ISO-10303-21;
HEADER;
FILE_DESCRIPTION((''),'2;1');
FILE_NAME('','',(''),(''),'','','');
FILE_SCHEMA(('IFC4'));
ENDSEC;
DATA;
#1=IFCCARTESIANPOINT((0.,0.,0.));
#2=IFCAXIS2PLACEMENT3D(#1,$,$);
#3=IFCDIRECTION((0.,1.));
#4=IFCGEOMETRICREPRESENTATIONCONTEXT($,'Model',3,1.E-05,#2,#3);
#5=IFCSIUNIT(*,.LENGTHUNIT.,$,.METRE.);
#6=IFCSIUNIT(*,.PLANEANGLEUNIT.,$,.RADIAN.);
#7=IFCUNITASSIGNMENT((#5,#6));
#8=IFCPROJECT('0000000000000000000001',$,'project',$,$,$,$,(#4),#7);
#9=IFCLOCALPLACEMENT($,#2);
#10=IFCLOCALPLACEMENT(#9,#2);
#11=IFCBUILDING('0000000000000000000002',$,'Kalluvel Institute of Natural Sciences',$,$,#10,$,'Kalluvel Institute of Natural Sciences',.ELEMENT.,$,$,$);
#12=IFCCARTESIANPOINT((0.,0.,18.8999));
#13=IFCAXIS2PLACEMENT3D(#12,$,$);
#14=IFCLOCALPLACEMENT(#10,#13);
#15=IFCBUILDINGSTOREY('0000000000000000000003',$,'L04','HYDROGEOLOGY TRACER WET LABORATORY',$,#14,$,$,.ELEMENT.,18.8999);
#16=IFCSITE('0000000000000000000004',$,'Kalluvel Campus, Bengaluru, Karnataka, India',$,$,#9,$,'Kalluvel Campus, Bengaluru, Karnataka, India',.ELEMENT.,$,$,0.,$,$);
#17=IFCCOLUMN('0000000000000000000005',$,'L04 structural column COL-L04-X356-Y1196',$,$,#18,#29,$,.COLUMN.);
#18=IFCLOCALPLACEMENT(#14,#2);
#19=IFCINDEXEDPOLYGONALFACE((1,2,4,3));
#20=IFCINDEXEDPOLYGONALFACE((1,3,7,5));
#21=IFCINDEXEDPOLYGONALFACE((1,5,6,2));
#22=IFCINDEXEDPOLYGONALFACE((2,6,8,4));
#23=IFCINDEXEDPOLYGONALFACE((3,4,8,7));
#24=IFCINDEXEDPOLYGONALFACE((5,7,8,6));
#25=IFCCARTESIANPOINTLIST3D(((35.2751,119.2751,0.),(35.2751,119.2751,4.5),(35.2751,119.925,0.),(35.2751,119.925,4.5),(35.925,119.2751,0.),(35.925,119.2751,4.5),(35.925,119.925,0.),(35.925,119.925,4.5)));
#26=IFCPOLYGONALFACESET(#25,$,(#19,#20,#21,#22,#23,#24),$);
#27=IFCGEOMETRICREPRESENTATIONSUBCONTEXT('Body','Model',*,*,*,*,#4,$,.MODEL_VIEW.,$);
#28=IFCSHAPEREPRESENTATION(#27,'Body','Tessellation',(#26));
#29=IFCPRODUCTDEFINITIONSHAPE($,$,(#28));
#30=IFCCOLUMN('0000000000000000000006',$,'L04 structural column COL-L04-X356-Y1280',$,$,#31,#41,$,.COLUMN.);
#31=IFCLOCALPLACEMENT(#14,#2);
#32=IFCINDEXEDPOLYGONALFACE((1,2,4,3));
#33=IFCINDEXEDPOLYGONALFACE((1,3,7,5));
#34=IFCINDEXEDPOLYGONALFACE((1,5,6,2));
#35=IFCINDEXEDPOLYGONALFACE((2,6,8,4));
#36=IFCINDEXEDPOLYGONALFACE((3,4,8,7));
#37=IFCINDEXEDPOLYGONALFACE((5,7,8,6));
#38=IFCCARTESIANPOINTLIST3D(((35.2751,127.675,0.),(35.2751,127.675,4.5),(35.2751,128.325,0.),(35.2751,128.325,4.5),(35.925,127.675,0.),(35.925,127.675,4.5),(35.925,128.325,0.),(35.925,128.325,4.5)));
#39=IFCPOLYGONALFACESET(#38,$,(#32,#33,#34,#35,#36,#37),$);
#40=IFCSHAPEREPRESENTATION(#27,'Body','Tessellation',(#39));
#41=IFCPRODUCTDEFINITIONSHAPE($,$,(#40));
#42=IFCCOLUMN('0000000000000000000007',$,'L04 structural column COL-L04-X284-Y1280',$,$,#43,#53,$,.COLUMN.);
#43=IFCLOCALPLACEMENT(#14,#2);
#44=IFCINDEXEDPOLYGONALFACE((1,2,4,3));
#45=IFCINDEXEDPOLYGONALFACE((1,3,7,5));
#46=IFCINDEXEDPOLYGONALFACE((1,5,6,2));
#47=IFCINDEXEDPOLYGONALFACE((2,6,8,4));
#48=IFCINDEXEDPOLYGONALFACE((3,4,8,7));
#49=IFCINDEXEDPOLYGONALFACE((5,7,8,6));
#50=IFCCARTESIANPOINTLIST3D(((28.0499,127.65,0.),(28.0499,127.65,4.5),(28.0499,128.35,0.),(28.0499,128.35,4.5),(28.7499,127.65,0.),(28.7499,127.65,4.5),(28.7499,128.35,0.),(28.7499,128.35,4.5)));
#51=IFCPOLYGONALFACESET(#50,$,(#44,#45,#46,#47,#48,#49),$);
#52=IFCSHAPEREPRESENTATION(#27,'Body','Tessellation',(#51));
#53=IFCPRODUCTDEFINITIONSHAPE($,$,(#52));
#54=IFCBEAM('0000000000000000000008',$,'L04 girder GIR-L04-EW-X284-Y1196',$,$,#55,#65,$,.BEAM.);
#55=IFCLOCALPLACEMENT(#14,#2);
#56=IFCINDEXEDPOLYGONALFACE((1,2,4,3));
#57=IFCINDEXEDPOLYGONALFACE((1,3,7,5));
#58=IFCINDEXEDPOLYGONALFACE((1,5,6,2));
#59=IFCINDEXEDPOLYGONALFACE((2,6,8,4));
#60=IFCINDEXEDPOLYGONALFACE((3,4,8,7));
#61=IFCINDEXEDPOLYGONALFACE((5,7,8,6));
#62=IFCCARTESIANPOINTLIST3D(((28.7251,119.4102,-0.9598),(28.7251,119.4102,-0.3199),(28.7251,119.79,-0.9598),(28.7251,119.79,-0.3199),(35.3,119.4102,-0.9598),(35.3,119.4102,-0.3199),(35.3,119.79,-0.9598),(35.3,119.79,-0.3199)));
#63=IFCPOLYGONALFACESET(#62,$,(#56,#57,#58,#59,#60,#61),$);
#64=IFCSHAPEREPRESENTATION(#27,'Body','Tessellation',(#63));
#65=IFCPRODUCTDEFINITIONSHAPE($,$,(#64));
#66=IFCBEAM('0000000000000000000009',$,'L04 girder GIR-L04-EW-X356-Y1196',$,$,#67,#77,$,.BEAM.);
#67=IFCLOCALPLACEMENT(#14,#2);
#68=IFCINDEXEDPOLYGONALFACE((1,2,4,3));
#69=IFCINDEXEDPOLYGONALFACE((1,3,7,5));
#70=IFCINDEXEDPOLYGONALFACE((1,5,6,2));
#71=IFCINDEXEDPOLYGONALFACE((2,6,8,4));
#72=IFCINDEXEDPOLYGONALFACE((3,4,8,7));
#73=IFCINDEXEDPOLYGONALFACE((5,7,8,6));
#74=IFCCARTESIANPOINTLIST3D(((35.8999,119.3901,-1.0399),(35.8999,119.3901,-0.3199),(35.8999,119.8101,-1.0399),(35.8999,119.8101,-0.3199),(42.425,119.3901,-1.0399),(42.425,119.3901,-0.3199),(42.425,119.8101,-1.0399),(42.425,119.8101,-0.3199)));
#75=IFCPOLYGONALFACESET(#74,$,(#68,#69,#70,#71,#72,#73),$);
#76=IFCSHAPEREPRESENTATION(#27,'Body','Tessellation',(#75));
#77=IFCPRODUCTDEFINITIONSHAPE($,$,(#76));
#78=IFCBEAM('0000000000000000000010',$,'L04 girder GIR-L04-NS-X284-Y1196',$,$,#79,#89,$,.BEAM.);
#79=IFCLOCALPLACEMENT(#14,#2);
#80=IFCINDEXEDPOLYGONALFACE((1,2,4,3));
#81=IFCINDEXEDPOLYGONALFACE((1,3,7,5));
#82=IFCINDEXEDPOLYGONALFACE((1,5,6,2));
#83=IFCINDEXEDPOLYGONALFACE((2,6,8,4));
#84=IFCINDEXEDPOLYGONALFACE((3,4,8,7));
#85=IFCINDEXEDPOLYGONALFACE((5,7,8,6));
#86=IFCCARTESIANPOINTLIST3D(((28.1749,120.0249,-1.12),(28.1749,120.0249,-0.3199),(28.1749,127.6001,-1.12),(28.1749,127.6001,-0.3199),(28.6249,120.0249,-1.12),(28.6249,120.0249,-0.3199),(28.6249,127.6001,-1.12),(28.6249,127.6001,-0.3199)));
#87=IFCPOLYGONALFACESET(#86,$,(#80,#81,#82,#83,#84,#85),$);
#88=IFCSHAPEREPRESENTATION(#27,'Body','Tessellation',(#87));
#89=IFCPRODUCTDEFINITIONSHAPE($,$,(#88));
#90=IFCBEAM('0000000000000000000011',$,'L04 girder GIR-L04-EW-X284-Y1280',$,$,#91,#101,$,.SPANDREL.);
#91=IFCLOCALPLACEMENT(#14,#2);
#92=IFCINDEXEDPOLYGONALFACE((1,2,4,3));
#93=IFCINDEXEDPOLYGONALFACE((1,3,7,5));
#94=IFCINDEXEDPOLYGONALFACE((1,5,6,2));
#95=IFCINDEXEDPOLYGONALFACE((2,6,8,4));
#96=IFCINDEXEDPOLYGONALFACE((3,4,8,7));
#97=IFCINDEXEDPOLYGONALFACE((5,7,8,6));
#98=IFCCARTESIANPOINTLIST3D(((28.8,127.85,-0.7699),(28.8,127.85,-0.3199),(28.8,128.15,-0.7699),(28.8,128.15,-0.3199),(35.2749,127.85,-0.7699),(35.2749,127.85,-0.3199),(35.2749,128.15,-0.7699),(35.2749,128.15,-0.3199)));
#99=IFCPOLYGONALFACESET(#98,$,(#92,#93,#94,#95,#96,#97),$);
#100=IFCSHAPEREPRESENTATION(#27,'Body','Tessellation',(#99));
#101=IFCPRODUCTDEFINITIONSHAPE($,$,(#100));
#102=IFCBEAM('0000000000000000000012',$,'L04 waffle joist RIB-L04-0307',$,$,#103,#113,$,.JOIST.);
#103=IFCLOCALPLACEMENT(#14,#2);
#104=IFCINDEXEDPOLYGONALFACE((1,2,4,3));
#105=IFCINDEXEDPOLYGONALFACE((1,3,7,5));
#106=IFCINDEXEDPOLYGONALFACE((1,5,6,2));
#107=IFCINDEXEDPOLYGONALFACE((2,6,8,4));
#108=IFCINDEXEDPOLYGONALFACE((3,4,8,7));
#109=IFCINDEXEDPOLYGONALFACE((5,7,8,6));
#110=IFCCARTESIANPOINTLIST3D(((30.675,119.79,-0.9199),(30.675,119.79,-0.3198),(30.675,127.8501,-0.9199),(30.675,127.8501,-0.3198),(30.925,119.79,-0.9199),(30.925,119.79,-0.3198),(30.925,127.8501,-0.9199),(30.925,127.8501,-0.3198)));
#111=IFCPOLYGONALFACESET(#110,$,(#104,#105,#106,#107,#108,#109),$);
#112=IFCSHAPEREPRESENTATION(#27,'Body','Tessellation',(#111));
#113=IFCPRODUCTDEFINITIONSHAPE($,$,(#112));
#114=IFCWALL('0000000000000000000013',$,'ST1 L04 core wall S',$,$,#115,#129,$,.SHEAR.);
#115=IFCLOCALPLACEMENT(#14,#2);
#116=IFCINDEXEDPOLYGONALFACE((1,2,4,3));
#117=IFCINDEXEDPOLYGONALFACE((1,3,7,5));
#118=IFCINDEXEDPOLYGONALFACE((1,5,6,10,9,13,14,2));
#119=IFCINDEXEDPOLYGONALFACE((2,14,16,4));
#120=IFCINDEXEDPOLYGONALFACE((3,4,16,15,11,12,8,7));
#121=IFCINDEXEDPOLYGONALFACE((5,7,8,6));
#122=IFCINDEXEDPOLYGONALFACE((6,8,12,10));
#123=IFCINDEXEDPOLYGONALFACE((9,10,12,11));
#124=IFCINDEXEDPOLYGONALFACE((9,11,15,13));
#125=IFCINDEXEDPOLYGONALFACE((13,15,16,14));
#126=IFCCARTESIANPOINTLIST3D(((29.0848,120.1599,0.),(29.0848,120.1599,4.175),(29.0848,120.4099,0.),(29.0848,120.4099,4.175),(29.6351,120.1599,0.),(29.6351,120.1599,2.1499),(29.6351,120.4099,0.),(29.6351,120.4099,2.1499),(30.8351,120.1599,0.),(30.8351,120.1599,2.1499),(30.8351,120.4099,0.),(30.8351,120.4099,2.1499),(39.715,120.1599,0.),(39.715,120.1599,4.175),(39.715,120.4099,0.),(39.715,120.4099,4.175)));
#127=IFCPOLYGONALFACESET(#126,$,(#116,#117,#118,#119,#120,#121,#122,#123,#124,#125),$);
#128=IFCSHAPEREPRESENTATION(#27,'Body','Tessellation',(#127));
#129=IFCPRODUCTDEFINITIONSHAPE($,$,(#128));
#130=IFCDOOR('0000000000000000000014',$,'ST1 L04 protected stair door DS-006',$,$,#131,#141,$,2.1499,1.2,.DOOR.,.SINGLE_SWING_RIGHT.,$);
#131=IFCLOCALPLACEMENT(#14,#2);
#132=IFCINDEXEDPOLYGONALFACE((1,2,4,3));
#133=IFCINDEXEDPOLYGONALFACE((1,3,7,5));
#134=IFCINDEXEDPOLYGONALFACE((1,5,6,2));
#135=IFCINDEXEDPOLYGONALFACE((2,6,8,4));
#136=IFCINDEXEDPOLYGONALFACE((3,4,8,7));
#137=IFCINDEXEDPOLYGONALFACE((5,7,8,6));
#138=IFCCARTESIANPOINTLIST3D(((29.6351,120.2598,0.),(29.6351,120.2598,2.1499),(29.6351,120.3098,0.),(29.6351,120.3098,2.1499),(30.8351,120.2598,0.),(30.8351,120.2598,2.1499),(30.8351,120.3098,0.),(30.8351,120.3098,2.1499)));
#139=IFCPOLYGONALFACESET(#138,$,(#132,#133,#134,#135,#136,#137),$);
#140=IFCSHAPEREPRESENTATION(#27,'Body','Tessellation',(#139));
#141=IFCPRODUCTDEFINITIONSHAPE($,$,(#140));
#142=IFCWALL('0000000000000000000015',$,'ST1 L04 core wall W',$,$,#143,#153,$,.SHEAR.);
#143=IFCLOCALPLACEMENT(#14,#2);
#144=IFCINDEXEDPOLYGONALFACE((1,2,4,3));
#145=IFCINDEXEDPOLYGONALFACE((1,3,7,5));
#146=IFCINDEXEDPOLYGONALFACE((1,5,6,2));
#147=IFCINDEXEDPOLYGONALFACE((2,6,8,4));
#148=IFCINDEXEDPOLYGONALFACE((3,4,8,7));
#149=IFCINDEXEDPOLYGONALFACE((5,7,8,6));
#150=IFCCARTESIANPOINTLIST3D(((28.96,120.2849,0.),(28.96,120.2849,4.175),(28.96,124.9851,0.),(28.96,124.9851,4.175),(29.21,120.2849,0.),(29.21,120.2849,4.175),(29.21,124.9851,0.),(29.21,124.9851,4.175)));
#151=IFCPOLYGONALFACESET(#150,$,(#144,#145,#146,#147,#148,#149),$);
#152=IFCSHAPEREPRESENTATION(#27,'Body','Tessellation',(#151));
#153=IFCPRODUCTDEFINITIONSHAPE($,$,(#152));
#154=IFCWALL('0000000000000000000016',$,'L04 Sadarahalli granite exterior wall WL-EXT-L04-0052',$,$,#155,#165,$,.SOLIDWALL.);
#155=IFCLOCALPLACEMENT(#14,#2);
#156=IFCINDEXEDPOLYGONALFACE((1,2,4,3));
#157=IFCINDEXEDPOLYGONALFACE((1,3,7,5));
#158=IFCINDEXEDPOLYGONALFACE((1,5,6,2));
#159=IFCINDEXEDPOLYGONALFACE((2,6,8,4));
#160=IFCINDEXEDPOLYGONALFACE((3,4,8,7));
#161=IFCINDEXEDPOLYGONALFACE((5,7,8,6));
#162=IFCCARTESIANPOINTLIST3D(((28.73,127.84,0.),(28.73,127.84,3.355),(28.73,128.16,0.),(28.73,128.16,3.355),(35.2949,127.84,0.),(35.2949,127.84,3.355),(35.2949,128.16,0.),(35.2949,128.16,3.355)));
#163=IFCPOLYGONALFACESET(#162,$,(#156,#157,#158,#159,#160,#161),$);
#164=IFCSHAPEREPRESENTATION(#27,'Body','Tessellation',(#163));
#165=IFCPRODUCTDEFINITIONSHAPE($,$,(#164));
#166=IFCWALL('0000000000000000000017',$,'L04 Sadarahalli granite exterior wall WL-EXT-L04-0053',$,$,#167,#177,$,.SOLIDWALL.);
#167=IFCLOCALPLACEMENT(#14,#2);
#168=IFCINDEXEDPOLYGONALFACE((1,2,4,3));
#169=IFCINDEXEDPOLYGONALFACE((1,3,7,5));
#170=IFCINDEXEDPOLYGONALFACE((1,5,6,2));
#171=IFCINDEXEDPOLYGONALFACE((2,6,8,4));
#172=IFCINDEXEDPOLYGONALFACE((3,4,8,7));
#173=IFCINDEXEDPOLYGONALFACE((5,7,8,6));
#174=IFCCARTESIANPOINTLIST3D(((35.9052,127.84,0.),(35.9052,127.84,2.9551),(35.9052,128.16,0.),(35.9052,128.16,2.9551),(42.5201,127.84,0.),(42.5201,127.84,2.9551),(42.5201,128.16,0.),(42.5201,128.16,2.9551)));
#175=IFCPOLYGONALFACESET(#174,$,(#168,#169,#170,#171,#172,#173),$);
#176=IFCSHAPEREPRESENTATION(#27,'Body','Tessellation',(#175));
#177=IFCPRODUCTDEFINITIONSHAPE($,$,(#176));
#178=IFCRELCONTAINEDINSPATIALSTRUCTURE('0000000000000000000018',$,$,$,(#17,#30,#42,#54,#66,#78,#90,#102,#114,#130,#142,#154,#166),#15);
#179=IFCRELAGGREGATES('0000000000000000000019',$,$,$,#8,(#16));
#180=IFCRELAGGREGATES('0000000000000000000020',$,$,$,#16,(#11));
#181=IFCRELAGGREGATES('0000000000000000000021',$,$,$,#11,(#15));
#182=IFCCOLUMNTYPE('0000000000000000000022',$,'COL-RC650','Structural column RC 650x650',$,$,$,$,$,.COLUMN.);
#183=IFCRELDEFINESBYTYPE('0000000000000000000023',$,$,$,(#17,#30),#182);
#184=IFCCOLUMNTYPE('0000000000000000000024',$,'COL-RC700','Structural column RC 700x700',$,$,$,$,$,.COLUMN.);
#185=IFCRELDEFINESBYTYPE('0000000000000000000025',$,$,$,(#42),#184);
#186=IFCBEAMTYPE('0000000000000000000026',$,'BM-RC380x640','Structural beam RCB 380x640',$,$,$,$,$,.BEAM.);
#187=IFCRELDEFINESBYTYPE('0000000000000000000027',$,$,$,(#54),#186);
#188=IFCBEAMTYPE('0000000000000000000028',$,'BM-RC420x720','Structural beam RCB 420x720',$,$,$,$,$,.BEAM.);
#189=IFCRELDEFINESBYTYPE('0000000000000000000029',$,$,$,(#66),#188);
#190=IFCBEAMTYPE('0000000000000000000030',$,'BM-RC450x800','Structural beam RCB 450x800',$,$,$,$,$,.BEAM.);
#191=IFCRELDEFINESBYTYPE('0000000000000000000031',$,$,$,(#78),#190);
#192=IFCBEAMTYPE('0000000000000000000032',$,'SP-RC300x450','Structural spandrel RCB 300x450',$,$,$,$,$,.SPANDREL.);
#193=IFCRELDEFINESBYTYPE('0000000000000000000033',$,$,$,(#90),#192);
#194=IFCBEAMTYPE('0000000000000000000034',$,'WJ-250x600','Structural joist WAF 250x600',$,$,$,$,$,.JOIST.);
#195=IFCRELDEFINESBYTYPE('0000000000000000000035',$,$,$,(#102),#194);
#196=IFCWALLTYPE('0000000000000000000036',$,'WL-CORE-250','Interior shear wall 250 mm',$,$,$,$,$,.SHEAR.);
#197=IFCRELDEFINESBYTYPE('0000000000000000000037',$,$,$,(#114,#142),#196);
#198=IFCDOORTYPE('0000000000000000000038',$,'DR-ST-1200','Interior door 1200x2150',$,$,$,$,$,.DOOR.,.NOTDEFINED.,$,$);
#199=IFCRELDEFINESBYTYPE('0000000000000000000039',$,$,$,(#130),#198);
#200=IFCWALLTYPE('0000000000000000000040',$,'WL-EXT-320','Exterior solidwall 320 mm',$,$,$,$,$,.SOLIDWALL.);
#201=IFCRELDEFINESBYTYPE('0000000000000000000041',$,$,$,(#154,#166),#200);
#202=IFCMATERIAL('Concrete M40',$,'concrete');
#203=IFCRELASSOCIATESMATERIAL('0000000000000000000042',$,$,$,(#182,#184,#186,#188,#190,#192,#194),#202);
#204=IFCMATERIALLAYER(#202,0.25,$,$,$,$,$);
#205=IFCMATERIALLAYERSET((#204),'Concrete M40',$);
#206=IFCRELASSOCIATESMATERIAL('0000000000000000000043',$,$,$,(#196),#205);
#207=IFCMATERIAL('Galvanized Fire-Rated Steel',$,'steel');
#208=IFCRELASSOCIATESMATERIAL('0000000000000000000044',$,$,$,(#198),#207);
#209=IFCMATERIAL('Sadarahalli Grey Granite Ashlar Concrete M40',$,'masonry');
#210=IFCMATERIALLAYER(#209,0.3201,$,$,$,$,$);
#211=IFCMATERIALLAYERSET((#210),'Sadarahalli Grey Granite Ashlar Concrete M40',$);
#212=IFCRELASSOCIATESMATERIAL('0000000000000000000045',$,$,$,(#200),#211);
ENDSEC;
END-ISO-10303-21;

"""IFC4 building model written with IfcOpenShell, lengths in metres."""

from ifc_helpers import new_model, si_unit, direction, frame, frame_2d, origin, origin_2d, place, context, subcontext, project, spatial, rectangle, extrude, material, layer, layer_set, material_profile, profile_set, type_object, element, fill, save


model = new_model("IFC4")

# Units and contexts
model_context = context("Model", 3, precision=1e-05, world=origin(), true_north=direction((0.0, 1.0)))
body_context = subcontext(model_context, "Body", "Model", "MODEL_VIEW")
ifc_project = project(units=[si_unit("LENGTHUNIT", "METRE"), si_unit("PLANEANGLEUNIT", "RADIAN")], contexts=[model_context])

# Site, building, storey
site_placement = place(None, origin())
site = spatial("IfcSite", under=ifc_project, at=site_placement, Name="Kalluvel Campus, Bengaluru, Karnataka, India", LongName="Kalluvel Campus, Bengaluru, Karnataka, India", CompositionType="ELEMENT", RefElevation=0.0)
building_placement = place(site_placement, origin())
building = spatial("IfcBuilding", under=site, at=building_placement, Name="Kalluvel Institute of Natural Sciences", LongName="Kalluvel Institute of Natural Sciences", CompositionType="ELEMENT")
storey_placement = place(building_placement, frame((0.0, 0.0, 18.8999)))
storey = spatial("IfcBuildingStorey", under=building, at=storey_placement, Name="L04", Description="HYDROGEOLOGY TRACER WET LABORATORY", CompositionType="ELEMENT", Elevation=18.8999)

# Columns
ifc_material_1 = material(Name="Concrete M40", Category="concrete")
ifc_material_profile_1 = material_profile(ifc_material_1, rectangle(XDim=0.6499, YDim=0.6499, at=origin_2d()), Name="RC 650x650")
ifc_profile_set_1 = profile_set([ifc_material_profile_1], Name="Concrete M40")
column_type_1 = type_object("IfcColumnType", Name="COL-RC650", Description="Structural column RC 650x650", PredefinedType="COLUMN", material=ifc_profile_set_1)
for number, where, z_axis, x_axis, name in (
    (1, (35.6001, 119.6001, 0.0), (0.0, 0.0, 1.0), (1.0, 0.0, 0.0), "L04 structural column COL-L04-X356-Y1196"),
    (2, (35.6001, 128.0, 0.0), (0.0, 0.0, 1.0), (1.0, 0.0, 0.0), "L04 structural column COL-L04-X356-Y1280"),
):
    element("IfcColumn", number, at=place(storey_placement, frame(where, z_axis=z_axis, x_axis=x_axis)), inside=storey, type_object=column_type_1, Name=name, PredefinedType="COLUMN", context=body_context, shape_type="SweptSolid", body=[
        extrude(rectangle(XDim=0.6499, YDim=0.6499, at=origin_2d()), origin(), (0.0, 0.0, 1.0), 4.5),
    ])
ifc_material_profile_2 = material_profile(ifc_material_1, rectangle(XDim=0.7, YDim=0.7, at=origin_2d()), Name="RC 700x700")
ifc_profile_set_2 = profile_set([ifc_material_profile_2], Name="Concrete M40")
column_type_2 = type_object("IfcColumnType", Name="COL-RC700", Description="Structural column RC 700x700", PredefinedType="COLUMN", material=ifc_profile_set_2)
column_placement = place(storey_placement, frame((28.3999, 128.0, 0.0), z_axis=(0.0, 0.0, 1.0), x_axis=(1.0, 0.0, 0.0)))
element("IfcColumn", 3, at=column_placement, inside=storey, type_object=column_type_2, Name="L04 structural column COL-L04-X284-Y1280", PredefinedType="COLUMN", context=body_context, shape_type="SweptSolid", body=[
    extrude(rectangle(XDim=0.7, YDim=0.7, at=origin_2d()), origin(), (0.0, 0.0, 1.0), 4.5),
])

# Beams
ifc_material_profile_3 = material_profile(ifc_material_1, rectangle(XDim=0.3799, YDim=0.6399, at=origin_2d()), Name="RCB 380x640")
ifc_profile_set_3 = profile_set([ifc_material_profile_3], Name="Concrete M40")
beam_type_1 = type_object("IfcBeamType", Name="BM-RC380x640", Description="Structural beam RCB 380x640", PredefinedType="BEAM", material=ifc_profile_set_3)
beam_1_placement = place(storey_placement, frame((28.7251, 119.6001, -0.6399), z_axis=(1.0, 0.0, 0.0), x_axis=(0.0, 1.0, 0.0)))
element("IfcBeam", 4, at=beam_1_placement, inside=storey, type_object=beam_type_1, Name="L04 girder GIR-L04-EW-X284-Y1196", PredefinedType="BEAM", context=body_context, shape_type="SweptSolid", body=[
    extrude(rectangle(XDim=0.3799, YDim=0.6399, at=origin_2d()), origin(), (0.0, 0.0, 1.0), 6.575),
])
ifc_material_profile_4 = material_profile(ifc_material_1, rectangle(XDim=0.4199, YDim=0.72, at=origin_2d()), Name="RCB 420x720")
ifc_profile_set_4 = profile_set([ifc_material_profile_4], Name="Concrete M40")
beam_type_2 = type_object("IfcBeamType", Name="BM-RC420x720", Description="Structural beam RCB 420x720", PredefinedType="BEAM", material=ifc_profile_set_4)
beam_2_placement = place(storey_placement, frame((35.8999, 119.6001, -0.6799), z_axis=(1.0, 0.0, 0.0), x_axis=(0.0, 1.0, 0.0)))
element("IfcBeam", 5, at=beam_2_placement, inside=storey, type_object=beam_type_2, Name="L04 girder GIR-L04-EW-X356-Y1196", PredefinedType="BEAM", context=body_context, shape_type="SweptSolid", body=[
    extrude(rectangle(XDim=0.4199, YDim=0.72, at=origin_2d()), origin(), (0.0, 0.0, 1.0), 6.5251),
])
ifc_material_profile_5 = material_profile(ifc_material_1, rectangle(XDim=0.45, YDim=0.8, at=origin_2d()), Name="RCB 450x800")
ifc_profile_set_5 = profile_set([ifc_material_profile_5], Name="Concrete M40")
beam_type_3 = type_object("IfcBeamType", Name="BM-RC450x800", Description="Structural beam RCB 450x800", PredefinedType="BEAM", material=ifc_profile_set_5)
beam_3_placement = place(storey_placement, frame((28.3999, 120.0249, -0.72), z_axis=(0.0, 1.0, 0.0), x_axis=(-1.0, 0.0, 0.0)))
element("IfcBeam", 6, at=beam_3_placement, inside=storey, type_object=beam_type_3, Name="L04 girder GIR-L04-NS-X284-Y1196", PredefinedType="BEAM", context=body_context, shape_type="SweptSolid", body=[
    extrude(rectangle(XDim=0.45, YDim=0.8, at=origin_2d()), origin(), (0.0, 0.0, 1.0), 7.5752),
])
ifc_material_profile_6 = material_profile(ifc_material_1, rectangle(XDim=0.3, YDim=0.45, at=origin_2d()), Name="RCB 300x450")
ifc_profile_set_6 = profile_set([ifc_material_profile_6], Name="Concrete M40")
beam_type_4 = type_object("IfcBeamType", Name="SP-RC300x450", Description="Structural spandrel RCB 300x450", PredefinedType="SPANDREL", material=ifc_profile_set_6)
beam_4_placement = place(storey_placement, frame((28.8, 128.0, -0.5449), z_axis=(1.0, 0.0, 0.0), x_axis=(0.0, 1.0, 0.0)))
element("IfcBeam", 7, at=beam_4_placement, inside=storey, type_object=beam_type_4, Name="L04 girder GIR-L04-EW-X284-Y1280", PredefinedType="SPANDREL", context=body_context, shape_type="SweptSolid", body=[
    extrude(rectangle(XDim=0.3, YDim=0.45, at=origin_2d()), origin(), (0.0, 0.0, 1.0), 6.4749),
])
ifc_material_profile_7 = material_profile(ifc_material_1, rectangle(XDim=0.25, YDim=0.6001, at=origin_2d()), Name="WAF 250x600")
ifc_profile_set_7 = profile_set([ifc_material_profile_7], Name="Concrete M40")
beam_type_5 = type_object("IfcBeamType", Name="WJ-250x600", Description="Structural joist WAF 250x600", PredefinedType="JOIST", material=ifc_profile_set_7)
beam_5_placement = place(storey_placement, frame((30.8, 119.79, -0.6199), z_axis=(0.0, 1.0, 0.0), x_axis=(-1.0, 0.0, 0.0)))
element("IfcBeam", 8, at=beam_5_placement, inside=storey, type_object=beam_type_5, Name="L04 waffle joist RIB-L04-0307", PredefinedType="JOIST", context=body_context, shape_type="SweptSolid", body=[
    extrude(rectangle(XDim=0.25, YDim=0.6001, at=origin_2d()), origin(), (0.0, 0.0, 1.0), 8.0601),
])

# Wall, opening, door
ifc_layer_1 = layer(ifc_material_1, 0.25)
ifc_layer_set_1 = layer_set([ifc_layer_1], Name="Concrete M40")
wall_type_1 = type_object("IfcWallType", Name="WL-CORE-250", Description="Interior shear wall 250 mm", PredefinedType="SHEAR", material=ifc_layer_set_1)
wall_1_placement = place(storey_placement, frame((29.085, 120.2849, 0.0), z_axis=(0.0, 0.0, 1.0), x_axis=(1.0, 0.0, 0.0)))
wall_1 = element("IfcWall", 9, at=wall_1_placement, inside=storey, type_object=wall_type_1, Name="ST1 L04 core wall S", PredefinedType="SHEAR", context=body_context, shape_type="SweptSolid", body=[
    extrude(rectangle(XDim=10.6301, YDim=0.25, at=frame_2d((5.3149, 0.0))), origin(), (0.0, 0.0, 1.0), 4.175),
])
opening_placement = place(wall_1_placement, frame((0.55, 0.0, 0.0)))
opening = element("IfcOpeningElement", 10, at=opening_placement, cuts=wall_1, PredefinedType="OPENING", context=body_context, shape_type="SweptSolid", body=[
    extrude(rectangle(XDim=1.2, YDim=2.1499, at=frame_2d((0.6001, 1.075))), frame((0.0, 0.135, 0.0), z_axis=(0.0, -1.0, 0.0), x_axis=(1.0, 0.0, 0.0)), (0.0, 0.0, 1.0), 0.27),
])
ifc_material_2 = material(Name="Galvanized Fire-Rated Steel", Category="steel")
door_type = type_object("IfcDoorType", Name="DR-ST-1200", Description="Interior door 1200x2150", OperationType="NOTDEFINED", PredefinedType="DOOR", material=ifc_material_2)
door_placement = place(opening_placement, origin())
door = element("IfcDoor", 11, at=door_placement, inside=storey, type_object=door_type, Name="ST1 L04 protected stair door DS-006", OperationType="SINGLE_SWING_RIGHT", OverallHeight=2.1499, OverallWidth=1.2, PredefinedType="DOOR", context=body_context, shape_type="SweptSolid", body=[
    extrude(rectangle(XDim=1.2, YDim=2.1499, at=frame_2d((0.6001, 1.075))), frame((0.0, 0.0249, 0.0), z_axis=(0.0, -1.0, 0.0), x_axis=(1.0, 0.0, 0.0)), (0.0, 0.0, 1.0), 0.05),
])
fill(opening, door)

# Walls
wall_2_placement = place(storey_placement, frame((29.085, 124.9851, 0.0), z_axis=(0.0, 0.0, 1.0), x_axis=(0.0, -1.0, 0.0)))
element("IfcWall", 12, at=wall_2_placement, inside=storey, type_object=wall_type_1, Name="ST1 L04 core wall W", PredefinedType="SHEAR", context=body_context, shape_type="SweptSolid", body=[
    extrude(rectangle(XDim=4.7002, YDim=0.25, at=frame_2d((2.3501, 0.0))), origin(), (0.0, 0.0, 1.0), 4.175),
])
ifc_material_3 = material(Name="Sadarahalli Grey Granite Ashlar Concrete M40", Category="masonry")
ifc_layer_2 = layer(ifc_material_3, 0.3201)
ifc_layer_set_2 = layer_set([ifc_layer_2], Name="Sadarahalli Grey Granite Ashlar Concrete M40")
wall_type_2 = type_object("IfcWallType", Name="WL-EXT-320", Description="Exterior solidwall 320 mm", PredefinedType="SOLIDWALL", material=ifc_layer_set_2)
wall_3_placement = place(storey_placement, frame((28.73, 128.0, 0.0), z_axis=(0.0, 0.0, 1.0), x_axis=(1.0, 0.0, 0.0)))
element("IfcWall", 13, at=wall_3_placement, inside=storey, type_object=wall_type_2, Name="L04 Sadarahalli granite exterior wall WL-EXT-L04-0052", PredefinedType="SOLIDWALL", context=body_context, shape_type="SweptSolid", body=[
    extrude(rectangle(XDim=6.5649, YDim=0.3201, at=frame_2d((3.2825, 0.0))), origin(), (0.0, 0.0, 1.0), 3.355),
])
wall_4_placement = place(storey_placement, frame((35.905, 128.0, 0.0), z_axis=(0.0, 0.0, 1.0), x_axis=(1.0, 0.0, 0.0)))
element("IfcWall", 14, at=wall_4_placement, inside=storey, type_object=wall_type_2, Name="L04 Sadarahalli granite exterior wall WL-EXT-L04-0053", PredefinedType="SOLIDWALL", context=body_context, shape_type="SweptSolid", body=[
    extrude(rectangle(XDim=6.615, YDim=0.3201, at=frame_2d((3.3076, 0.0))), origin(), (0.0, 0.0, 1.0), 2.9551),
])

save(model, "model.ifc")
